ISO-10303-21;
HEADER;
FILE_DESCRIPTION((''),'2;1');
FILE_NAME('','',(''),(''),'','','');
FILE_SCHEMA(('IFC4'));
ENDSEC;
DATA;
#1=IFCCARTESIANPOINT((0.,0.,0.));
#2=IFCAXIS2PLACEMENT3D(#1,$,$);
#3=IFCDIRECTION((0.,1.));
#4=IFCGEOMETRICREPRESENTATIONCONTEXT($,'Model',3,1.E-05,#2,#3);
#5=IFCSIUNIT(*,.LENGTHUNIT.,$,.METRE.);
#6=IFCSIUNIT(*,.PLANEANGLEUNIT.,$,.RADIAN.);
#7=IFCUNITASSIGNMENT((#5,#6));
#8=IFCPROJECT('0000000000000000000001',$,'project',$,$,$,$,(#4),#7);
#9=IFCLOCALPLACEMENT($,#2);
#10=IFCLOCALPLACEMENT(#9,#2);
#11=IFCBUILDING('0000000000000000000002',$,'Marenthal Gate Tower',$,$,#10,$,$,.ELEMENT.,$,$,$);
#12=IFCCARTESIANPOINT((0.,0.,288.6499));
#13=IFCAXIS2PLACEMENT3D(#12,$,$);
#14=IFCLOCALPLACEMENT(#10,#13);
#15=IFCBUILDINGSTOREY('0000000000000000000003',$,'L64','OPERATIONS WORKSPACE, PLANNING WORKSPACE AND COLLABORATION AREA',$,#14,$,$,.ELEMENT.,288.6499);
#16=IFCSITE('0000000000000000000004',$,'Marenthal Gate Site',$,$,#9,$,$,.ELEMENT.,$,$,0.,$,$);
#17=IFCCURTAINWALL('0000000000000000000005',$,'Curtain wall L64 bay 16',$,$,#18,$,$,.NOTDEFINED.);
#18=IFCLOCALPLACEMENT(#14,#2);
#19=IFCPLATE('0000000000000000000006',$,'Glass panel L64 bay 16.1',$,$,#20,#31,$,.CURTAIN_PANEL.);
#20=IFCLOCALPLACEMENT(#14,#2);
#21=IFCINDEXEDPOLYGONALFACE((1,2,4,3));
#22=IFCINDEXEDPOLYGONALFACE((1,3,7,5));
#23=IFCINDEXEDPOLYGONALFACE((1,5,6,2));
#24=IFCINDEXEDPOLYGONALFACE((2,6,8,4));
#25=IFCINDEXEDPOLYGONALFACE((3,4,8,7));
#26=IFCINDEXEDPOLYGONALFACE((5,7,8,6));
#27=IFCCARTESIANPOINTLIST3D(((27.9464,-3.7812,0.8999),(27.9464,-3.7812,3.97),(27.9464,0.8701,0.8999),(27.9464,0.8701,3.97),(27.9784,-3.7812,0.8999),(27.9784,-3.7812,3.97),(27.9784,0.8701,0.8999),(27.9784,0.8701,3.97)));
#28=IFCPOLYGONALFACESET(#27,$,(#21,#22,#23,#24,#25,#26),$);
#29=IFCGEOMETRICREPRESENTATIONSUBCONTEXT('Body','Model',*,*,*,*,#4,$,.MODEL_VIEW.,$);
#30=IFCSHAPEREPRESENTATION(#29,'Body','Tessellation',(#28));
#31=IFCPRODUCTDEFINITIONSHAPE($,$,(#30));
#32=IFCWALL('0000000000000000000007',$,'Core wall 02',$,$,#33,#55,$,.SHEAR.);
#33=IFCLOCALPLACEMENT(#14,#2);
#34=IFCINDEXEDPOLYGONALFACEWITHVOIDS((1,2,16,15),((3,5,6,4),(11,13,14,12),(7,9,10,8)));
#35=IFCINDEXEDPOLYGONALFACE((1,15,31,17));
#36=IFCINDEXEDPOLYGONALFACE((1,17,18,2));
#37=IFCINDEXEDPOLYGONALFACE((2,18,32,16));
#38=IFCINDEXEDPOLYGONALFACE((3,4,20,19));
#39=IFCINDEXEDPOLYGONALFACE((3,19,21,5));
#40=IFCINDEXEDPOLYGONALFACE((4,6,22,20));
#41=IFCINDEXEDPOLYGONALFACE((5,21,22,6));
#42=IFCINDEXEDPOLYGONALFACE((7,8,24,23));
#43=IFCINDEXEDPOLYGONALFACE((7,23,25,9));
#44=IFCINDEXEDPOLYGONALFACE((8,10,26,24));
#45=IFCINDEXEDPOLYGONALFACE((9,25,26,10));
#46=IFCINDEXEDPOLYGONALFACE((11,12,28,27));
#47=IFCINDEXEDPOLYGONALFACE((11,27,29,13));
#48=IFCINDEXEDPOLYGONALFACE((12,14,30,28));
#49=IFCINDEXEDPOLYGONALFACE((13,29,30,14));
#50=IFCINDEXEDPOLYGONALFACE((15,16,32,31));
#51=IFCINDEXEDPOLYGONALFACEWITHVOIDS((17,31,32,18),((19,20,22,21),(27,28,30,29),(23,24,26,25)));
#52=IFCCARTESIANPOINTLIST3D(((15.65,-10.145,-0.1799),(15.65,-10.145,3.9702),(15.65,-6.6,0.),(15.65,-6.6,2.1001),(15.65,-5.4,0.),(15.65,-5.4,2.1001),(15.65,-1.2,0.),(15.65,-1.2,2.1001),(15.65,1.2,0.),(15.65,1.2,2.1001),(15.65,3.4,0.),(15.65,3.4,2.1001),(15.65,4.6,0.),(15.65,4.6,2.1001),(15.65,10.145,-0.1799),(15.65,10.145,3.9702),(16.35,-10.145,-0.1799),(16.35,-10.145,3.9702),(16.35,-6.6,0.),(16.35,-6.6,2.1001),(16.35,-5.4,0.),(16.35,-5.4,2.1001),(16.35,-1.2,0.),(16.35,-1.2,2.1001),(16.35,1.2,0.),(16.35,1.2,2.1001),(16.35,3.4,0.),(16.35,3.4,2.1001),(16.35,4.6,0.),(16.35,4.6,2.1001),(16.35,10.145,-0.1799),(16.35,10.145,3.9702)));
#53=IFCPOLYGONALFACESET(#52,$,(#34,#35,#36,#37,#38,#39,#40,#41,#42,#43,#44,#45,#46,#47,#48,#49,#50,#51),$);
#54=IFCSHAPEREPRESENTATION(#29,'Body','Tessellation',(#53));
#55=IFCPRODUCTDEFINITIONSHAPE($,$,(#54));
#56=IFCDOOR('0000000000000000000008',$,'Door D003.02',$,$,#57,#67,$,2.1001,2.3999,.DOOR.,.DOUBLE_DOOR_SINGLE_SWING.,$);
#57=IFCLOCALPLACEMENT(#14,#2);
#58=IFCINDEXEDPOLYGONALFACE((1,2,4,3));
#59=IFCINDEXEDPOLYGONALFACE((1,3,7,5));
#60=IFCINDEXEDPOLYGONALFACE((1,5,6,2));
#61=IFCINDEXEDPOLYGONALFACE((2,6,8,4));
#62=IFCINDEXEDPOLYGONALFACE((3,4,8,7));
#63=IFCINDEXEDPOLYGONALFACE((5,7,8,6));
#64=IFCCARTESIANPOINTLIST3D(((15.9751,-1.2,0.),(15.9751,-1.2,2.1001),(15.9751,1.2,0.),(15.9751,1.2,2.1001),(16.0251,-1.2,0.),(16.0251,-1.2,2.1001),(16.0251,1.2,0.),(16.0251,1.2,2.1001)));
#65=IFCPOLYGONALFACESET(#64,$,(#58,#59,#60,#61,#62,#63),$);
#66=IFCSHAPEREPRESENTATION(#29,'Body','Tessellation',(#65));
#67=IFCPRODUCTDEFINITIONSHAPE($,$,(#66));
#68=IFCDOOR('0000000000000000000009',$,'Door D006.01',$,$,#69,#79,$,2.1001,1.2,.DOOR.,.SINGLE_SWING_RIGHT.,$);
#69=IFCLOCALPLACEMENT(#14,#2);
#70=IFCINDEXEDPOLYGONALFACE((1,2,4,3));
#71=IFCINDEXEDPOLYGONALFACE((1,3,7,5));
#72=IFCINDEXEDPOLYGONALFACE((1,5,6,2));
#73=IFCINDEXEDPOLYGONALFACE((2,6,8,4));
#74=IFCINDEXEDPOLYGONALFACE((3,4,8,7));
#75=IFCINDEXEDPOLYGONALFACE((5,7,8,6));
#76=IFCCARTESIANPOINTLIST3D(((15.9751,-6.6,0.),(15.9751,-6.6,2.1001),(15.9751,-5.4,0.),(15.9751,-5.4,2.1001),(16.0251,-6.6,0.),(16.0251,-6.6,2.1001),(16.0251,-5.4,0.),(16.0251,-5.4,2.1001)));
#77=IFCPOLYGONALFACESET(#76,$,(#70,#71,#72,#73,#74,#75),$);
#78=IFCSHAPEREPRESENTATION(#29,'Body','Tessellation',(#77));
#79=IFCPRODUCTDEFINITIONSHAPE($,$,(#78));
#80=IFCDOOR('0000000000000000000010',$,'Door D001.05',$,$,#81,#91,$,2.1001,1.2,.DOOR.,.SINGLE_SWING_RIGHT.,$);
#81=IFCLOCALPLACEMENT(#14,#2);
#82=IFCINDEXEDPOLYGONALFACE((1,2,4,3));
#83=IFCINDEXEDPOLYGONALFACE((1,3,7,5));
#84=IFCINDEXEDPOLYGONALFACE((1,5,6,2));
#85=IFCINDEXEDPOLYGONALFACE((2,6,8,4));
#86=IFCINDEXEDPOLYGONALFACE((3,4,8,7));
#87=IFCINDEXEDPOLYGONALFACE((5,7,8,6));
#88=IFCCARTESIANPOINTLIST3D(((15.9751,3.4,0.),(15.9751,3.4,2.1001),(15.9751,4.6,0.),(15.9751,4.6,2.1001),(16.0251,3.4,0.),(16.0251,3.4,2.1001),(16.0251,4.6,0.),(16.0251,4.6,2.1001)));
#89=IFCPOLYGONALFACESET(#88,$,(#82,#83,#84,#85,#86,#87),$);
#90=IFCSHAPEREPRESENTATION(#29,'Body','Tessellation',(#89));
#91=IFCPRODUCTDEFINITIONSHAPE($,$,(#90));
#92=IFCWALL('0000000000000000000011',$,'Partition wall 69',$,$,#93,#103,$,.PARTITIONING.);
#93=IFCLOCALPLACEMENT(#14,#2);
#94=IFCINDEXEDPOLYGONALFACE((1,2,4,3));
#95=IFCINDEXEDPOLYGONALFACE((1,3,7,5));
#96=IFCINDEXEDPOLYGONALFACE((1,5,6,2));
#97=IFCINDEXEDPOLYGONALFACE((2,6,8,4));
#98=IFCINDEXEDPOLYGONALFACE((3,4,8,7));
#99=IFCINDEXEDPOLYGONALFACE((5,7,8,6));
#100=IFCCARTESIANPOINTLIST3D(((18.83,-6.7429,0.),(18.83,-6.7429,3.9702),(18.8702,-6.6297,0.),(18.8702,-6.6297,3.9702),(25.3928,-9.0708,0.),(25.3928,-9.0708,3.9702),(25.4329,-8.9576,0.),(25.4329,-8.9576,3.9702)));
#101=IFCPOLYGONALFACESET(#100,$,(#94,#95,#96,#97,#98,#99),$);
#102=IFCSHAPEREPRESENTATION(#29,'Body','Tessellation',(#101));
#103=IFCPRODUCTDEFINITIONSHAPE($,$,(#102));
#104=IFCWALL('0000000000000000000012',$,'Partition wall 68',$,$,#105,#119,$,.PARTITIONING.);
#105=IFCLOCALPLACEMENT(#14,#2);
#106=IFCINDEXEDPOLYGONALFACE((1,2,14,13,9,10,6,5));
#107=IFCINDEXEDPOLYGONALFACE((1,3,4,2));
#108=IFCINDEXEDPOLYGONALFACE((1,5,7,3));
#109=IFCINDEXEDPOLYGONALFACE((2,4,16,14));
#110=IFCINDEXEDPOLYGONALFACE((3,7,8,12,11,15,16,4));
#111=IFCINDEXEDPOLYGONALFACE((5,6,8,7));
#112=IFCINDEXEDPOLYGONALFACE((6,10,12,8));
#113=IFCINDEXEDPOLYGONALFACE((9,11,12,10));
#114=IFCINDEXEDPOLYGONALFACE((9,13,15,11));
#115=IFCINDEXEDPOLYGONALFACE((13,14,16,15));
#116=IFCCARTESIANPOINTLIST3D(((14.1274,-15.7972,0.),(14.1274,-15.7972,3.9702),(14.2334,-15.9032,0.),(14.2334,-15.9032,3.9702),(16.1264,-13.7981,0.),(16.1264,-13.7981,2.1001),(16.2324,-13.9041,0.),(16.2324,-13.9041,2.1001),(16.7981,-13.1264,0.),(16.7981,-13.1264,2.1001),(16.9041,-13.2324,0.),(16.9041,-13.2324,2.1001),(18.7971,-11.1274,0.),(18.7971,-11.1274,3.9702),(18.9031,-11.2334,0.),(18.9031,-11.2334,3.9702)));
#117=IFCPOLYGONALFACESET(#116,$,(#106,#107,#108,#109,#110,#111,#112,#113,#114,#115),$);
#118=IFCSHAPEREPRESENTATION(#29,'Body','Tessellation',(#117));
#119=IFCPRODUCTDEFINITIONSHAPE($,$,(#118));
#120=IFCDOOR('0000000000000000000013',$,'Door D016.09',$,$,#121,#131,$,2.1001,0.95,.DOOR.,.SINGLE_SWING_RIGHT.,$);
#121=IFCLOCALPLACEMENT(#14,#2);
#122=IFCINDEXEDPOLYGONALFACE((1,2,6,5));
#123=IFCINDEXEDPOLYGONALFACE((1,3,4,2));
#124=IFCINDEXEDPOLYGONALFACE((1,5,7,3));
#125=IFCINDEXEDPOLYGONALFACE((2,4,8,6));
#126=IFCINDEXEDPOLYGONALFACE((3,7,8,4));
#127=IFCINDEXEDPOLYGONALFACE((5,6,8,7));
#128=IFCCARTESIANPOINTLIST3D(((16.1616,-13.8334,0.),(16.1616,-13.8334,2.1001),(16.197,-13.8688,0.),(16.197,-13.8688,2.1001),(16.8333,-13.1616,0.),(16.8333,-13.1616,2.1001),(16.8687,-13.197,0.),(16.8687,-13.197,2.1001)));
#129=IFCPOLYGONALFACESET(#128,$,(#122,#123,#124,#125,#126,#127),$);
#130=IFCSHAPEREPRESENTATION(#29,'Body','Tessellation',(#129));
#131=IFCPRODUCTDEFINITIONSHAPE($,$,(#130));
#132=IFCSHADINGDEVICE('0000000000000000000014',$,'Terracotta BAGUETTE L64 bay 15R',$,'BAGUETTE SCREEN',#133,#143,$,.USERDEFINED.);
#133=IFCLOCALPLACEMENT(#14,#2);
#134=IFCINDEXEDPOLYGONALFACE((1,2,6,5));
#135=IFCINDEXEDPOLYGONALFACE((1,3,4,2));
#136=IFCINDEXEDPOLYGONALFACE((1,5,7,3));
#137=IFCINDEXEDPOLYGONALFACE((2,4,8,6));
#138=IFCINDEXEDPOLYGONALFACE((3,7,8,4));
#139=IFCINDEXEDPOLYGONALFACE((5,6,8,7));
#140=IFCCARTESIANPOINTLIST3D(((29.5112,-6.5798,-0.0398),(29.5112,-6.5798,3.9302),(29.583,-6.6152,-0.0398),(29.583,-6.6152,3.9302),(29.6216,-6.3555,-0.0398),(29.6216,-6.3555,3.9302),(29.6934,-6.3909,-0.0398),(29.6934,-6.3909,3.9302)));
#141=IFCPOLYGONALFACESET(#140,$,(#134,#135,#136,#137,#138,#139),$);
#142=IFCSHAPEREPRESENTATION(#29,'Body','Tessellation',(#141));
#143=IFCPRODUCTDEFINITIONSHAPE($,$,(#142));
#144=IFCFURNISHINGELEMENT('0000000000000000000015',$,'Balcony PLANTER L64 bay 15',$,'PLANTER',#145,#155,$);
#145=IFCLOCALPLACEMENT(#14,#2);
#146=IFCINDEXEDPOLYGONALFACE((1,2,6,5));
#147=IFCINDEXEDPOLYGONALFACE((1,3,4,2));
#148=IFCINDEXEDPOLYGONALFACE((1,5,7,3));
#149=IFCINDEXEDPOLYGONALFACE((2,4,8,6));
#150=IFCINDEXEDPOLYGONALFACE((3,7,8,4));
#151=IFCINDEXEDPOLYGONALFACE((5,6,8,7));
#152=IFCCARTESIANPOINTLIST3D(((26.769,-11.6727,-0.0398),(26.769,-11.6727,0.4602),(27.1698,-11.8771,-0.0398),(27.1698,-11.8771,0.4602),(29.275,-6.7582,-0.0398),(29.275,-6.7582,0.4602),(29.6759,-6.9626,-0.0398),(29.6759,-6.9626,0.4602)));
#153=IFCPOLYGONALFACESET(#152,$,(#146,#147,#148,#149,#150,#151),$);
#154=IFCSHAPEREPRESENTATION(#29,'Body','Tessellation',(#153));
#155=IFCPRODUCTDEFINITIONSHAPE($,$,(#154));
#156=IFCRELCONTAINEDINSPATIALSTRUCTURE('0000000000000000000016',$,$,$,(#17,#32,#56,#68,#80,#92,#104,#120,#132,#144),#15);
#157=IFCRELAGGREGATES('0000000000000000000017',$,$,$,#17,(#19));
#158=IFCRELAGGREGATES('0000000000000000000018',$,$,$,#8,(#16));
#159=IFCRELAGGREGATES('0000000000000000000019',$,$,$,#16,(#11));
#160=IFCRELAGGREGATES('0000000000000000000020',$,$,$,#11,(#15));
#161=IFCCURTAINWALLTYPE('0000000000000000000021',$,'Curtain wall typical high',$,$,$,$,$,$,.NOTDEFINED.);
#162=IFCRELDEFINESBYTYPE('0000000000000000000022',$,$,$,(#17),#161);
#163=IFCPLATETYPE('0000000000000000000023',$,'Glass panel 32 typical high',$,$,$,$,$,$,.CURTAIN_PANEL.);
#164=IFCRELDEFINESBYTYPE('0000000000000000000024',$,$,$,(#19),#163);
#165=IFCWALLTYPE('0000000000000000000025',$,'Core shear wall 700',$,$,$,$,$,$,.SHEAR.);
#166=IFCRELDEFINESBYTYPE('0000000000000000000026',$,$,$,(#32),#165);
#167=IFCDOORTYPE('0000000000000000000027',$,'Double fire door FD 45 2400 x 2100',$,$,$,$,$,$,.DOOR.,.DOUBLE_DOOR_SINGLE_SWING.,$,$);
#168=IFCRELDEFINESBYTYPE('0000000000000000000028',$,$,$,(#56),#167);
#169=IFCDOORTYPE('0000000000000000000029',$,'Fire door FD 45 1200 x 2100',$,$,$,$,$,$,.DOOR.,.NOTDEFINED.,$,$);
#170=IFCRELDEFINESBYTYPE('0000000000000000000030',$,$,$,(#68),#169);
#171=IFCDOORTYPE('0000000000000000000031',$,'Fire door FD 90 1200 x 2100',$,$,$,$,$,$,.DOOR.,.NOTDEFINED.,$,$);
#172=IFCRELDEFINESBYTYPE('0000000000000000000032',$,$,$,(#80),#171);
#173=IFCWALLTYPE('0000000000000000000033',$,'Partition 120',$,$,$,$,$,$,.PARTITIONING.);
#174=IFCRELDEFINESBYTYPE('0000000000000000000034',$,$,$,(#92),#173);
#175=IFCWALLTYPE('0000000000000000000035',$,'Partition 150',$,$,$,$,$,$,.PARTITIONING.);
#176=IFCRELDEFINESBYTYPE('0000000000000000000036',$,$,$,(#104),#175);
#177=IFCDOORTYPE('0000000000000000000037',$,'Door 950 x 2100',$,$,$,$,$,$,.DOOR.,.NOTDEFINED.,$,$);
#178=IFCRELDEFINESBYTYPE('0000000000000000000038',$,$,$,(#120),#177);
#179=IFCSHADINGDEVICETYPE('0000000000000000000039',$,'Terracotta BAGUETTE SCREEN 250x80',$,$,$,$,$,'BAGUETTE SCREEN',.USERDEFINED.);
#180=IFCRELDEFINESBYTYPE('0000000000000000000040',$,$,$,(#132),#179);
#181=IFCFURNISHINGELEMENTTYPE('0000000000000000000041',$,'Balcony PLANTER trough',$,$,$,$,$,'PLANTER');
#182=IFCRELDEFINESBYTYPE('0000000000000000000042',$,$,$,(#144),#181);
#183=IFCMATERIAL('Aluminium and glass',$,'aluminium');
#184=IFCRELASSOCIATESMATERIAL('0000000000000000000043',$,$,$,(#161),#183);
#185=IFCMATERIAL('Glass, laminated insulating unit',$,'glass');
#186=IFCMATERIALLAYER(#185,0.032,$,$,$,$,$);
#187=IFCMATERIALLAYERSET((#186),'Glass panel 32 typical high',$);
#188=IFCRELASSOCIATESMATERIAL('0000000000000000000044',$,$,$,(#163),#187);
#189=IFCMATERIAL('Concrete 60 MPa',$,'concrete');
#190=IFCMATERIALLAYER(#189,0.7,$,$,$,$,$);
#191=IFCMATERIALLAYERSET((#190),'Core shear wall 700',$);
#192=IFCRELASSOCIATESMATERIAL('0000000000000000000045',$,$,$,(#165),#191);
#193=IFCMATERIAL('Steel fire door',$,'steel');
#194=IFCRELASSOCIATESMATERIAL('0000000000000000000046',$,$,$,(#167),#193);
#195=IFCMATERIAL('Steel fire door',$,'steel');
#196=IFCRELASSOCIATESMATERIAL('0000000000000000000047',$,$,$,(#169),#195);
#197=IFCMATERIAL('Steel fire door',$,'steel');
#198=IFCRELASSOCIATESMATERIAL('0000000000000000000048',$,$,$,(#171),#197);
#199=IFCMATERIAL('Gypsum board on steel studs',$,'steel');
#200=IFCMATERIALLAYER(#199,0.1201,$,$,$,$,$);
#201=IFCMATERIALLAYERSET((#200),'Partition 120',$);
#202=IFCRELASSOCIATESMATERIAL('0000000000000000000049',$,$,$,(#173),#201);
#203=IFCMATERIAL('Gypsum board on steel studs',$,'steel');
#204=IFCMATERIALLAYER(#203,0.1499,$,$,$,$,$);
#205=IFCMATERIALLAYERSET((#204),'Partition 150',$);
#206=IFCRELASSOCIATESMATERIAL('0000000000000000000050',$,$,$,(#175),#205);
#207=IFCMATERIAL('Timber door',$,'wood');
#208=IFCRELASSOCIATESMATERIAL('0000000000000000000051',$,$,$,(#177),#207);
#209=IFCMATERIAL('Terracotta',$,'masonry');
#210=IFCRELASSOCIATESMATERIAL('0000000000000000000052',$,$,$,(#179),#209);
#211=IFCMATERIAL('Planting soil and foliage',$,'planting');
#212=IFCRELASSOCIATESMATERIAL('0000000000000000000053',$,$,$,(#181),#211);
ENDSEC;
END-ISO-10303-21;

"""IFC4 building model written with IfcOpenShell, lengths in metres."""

from ifc_helpers import new_model, si_unit, direction, frame, frame_2d, origin, origin_2d, place, context, subcontext, project, spatial, rectangle, extrude, material, layer, layer_set, material_profile, profile_set, type_object, element, fill, aggregate, save


model = new_model("IFC4")

# Units and contexts
model_context = context("Model", 3, precision=1e-05, world=origin(), true_north=direction((0.0, 1.0)))
body_context = subcontext(model_context, "Body", "Model", "MODEL_VIEW")
ifc_project = project(units=[si_unit("LENGTHUNIT", "METRE"), si_unit("PLANEANGLEUNIT", "RADIAN")], contexts=[model_context])

# Site, building, storey
site_placement = place(None, origin())
site = spatial("IfcSite", under=ifc_project, at=site_placement, Name="Marenthal Gate Site", CompositionType="ELEMENT", RefElevation=0.0)
building_placement = place(site_placement, origin())
building = spatial("IfcBuilding", under=site, at=building_placement, Name="Marenthal Gate Tower", CompositionType="ELEMENT")
storey_placement = place(building_placement, frame((0.0, 0.0, 288.6499)))
storey = spatial("IfcBuildingStorey", under=building, at=storey_placement, Name="L64", Description="OPERATIONS WORKSPACE, PLANNING WORKSPACE AND COLLABORATION AREA", CompositionType="ELEMENT", Elevation=288.6499)

# Curtain wall
ifc_material_1 = material(Name="Aluminium and glass", Category="aluminium")
curtain_wall_type = type_object("IfcCurtainWallType", Name="Curtain wall typical high", PredefinedType="NOTDEFINED", material=ifc_material_1)
curtain_wall_placement = place(storey_placement, origin())
curtain_wall = element("IfcCurtainWall", 1, at=curtain_wall_placement, inside=storey, type_object=curtain_wall_type, Name="Curtain wall L64 bay 16", PredefinedType="NOTDEFINED")

# Plate
ifc_material_2 = material(Name="Glass, laminated insulating unit", Category="glass")
ifc_layer_1 = layer(ifc_material_2, 0.032)
ifc_layer_set_1 = layer_set([ifc_layer_1], Name="Glass panel 32 typical high")
plate_type = type_object("IfcPlateType", Name="Glass panel 32 typical high", PredefinedType="CURTAIN_PANEL", material=ifc_layer_set_1)
plate_placement = place(storey_placement, frame((27.9624, -1.4556, 0.8999), z_axis=(0.0, 0.0, 1.0), x_axis=(0.0, 1.0, 0.0)))
plate = element("IfcPlate", 2, at=plate_placement, type_object=plate_type, Name="Glass panel L64 bay 16.1", PredefinedType="CURTAIN_PANEL", context=body_context, shape_type="SweptSolid", body=[
    extrude(rectangle(XDim=4.6514, YDim=0.032, at=origin_2d()), origin(), (0.0, 0.0, 1.0), 3.0701),
])
aggregate(curtain_wall, [plate])

# Wall, openings, doors
ifc_material_3 = material(Name="Concrete 60 MPa", Category="concrete")
ifc_layer_2 = layer(ifc_material_3, 0.7)
ifc_layer_set_2 = layer_set([ifc_layer_2], Name="Core shear wall 700")
wall_type_1 = type_object("IfcWallType", Name="Core shear wall 700", PredefinedType="SHEAR", material=ifc_layer_set_2)
wall_1_placement = place(storey_placement, frame((16.0, -10.145, -0.1799), z_axis=(0.0, 0.0, 1.0), x_axis=(0.0, 1.0, 0.0)))
wall_1 = element("IfcWall", 3, at=wall_1_placement, inside=storey, type_object=wall_type_1, Name="Core wall 02", PredefinedType="SHEAR", context=body_context, shape_type="SweptSolid", body=[
    extrude(rectangle(XDim=20.29, YDim=0.7, at=frame_2d((10.145, 0.0))), origin(), (0.0, 0.0, 1.0), 4.1501),
])
opening_1_placement = place(wall_1_placement, frame((8.9451, 0.0, 0.1799)))
opening_1 = element("IfcOpeningElement", 4, at=opening_1_placement, cuts=wall_1, PredefinedType="OPENING", context=body_context, shape_type="SweptSolid", body=[
    extrude(rectangle(XDim=2.3999, YDim=2.1001, at=frame_2d((1.2, 1.05))), frame((0.0, 0.3599, 0.0), z_axis=(0.0, -1.0, 0.0), x_axis=(1.0, 0.0, 0.0)), (0.0, 0.0, 1.0), 0.72),
])
opening_2_placement = place(wall_1_placement, frame((13.5449, 0.0, 0.1799)))
opening_2 = element("IfcOpeningElement", 5, at=opening_2_placement, cuts=wall_1, PredefinedType="OPENING", context=body_context, shape_type="SweptSolid", body=[
    extrude(rectangle(XDim=1.2, YDim=2.1001, at=frame_2d((0.6001, 1.05))), frame((0.0, 0.3599, 0.0), z_axis=(0.0, -1.0, 0.0), x_axis=(1.0, 0.0, 0.0)), (0.0, 0.0, 1.0), 0.72),
])
opening_3_placement = place(wall_1_placement, frame((3.5449, 0.0, 0.1799)))
opening_3 = element("IfcOpeningElement", 6, at=opening_3_placement, cuts=wall_1, PredefinedType="OPENING", context=body_context, shape_type="SweptSolid", body=[
    extrude(rectangle(XDim=1.2, YDim=2.1001, at=frame_2d((0.6001, 1.05))), frame((0.0, 0.3599, 0.0), z_axis=(0.0, -1.0, 0.0), x_axis=(1.0, 0.0, 0.0)), (0.0, 0.0, 1.0), 0.72),
])
ifc_material_4 = material(Name="Steel fire door", Category="steel")
door_type_1 = type_object("IfcDoorType", Name="Double fire door FD 45 2400 x 2100", OperationType="DOUBLE_DOOR_SINGLE_SWING", PredefinedType="DOOR", material=ifc_material_4)
door_1_placement = place(opening_1_placement, origin())
door_1 = element("IfcDoor", 7, at=door_1_placement, inside=storey, type_object=door_type_1, Name="Door D003.02", OperationType="DOUBLE_DOOR_SINGLE_SWING", OverallHeight=2.1001, OverallWidth=2.3999, PredefinedType="DOOR", context=body_context, shape_type="SweptSolid", body=[
    extrude(rectangle(XDim=2.3999, YDim=2.1001, at=frame_2d((1.2, 1.05))), frame((0.0, 0.0249, 0.0), z_axis=(0.0, -1.0, 0.0), x_axis=(1.0, 0.0, 0.0)), (0.0, 0.0, 1.0), 0.05),
])
fill(opening_1, door_1)
ifc_material_5 = material(Name="Steel fire door", Category="steel")
door_type_2 = type_object("IfcDoorType", Name="Fire door FD 45 1200 x 2100", OperationType="NOTDEFINED", PredefinedType="DOOR", material=ifc_material_5)
door_2_placement = place(opening_3_placement, origin())
door_2 = element("IfcDoor", 8, at=door_2_placement, inside=storey, type_object=door_type_2, Name="Door D006.01", OperationType="SINGLE_SWING_RIGHT", OverallHeight=2.1001, OverallWidth=1.2, PredefinedType="DOOR", context=body_context, shape_type="SweptSolid", body=[
    extrude(rectangle(XDim=1.2, YDim=2.1001, at=frame_2d((0.6001, 1.05))), frame((0.0, 0.0249, 0.0), z_axis=(0.0, -1.0, 0.0), x_axis=(1.0, 0.0, 0.0)), (0.0, 0.0, 1.0), 0.05),
])
fill(opening_3, door_2)
ifc_material_6 = material(Name="Steel fire door", Category="steel")
door_type_3 = type_object("IfcDoorType", Name="Fire door FD 90 1200 x 2100", OperationType="NOTDEFINED", PredefinedType="DOOR", material=ifc_material_6)
door_3_placement = place(opening_2_placement, origin())
door_3 = element("IfcDoor", 9, at=door_3_placement, inside=storey, type_object=door_type_3, Name="Door D001.05", OperationType="SINGLE_SWING_RIGHT", OverallHeight=2.1001, OverallWidth=1.2, PredefinedType="DOOR", context=body_context, shape_type="SweptSolid", body=[
    extrude(rectangle(XDim=1.2, YDim=2.1001, at=frame_2d((0.6001, 1.05))), frame((0.0, 0.0249, 0.0), z_axis=(0.0, -1.0, 0.0), x_axis=(1.0, 0.0, 0.0)), (0.0, 0.0, 1.0), 0.05),
])
fill(opening_2, door_3)

# Wall
ifc_material_7 = material(Name="Gypsum board on steel studs", Category="steel")
ifc_layer_3 = layer(ifc_material_7, 0.1201)
ifc_layer_set_3 = layer_set([ifc_layer_3], Name="Partition 120")
wall_type_2 = type_object("IfcWallType", Name="Partition 120", PredefinedType="PARTITIONING", material=ifc_layer_set_3)
wall_2_placement = place(storey_placement, frame((18.8501, -6.6863, 0.0), z_axis=(0.0, 0.0, 1.0), x_axis=(0.942466, -0.334303, 0.0)))
element("IfcWall", 10, at=wall_2_placement, inside=storey, type_object=wall_type_2, Name="Partition wall 69", PredefinedType="PARTITIONING", context=body_context, shape_type="SweptSolid", body=[
    extrude(rectangle(XDim=6.9634, YDim=0.1201, at=frame_2d((3.4817, 0.0))), origin(), (0.0, 0.0, 1.0), 3.9702),
])

# Wall, opening, door
ifc_material_8 = material(Name="Gypsum board on steel studs", Category="steel")
ifc_layer_4 = layer(ifc_material_8, 0.1499)
ifc_layer_set_4 = layer_set([ifc_layer_4], Name="Partition 150")
wall_type_3 = type_object("IfcWallType", Name="Partition 150", PredefinedType="PARTITIONING", material=ifc_layer_set_4)
wall_3_placement = place(storey_placement, frame((18.8501, -11.1804, 0.0), z_axis=(0.0, 0.0, 1.0), x_axis=(-0.707107, -0.707107, 0.0)))
wall_3 = element("IfcWall", 11, at=wall_3_placement, inside=storey, type_object=wall_type_3, Name="Partition wall 68", PredefinedType="PARTITIONING", context=body_context, shape_type="SweptSolid", body=[
    extrude(rectangle(XDim=6.604, YDim=0.1499, at=frame_2d((3.302, 0.0))), origin(), (0.0, 0.0, 1.0), 3.9702),
])
opening_4_placement = place(wall_3_placement, frame((2.8269, 0.0, 0.0)))
opening_4 = element("IfcOpeningElement", 12, at=opening_4_placement, cuts=wall_3, PredefinedType="OPENING", context=body_context, shape_type="SweptSolid", body=[
    extrude(rectangle(XDim=0.95, YDim=2.1001, at=frame_2d((0.4751, 1.05))), frame((0.0, 0.085, 0.0), z_axis=(0.0, -1.0, 0.0), x_axis=(1.0, 0.0, 0.0)), (0.0, 0.0, 1.0), 0.1699),
])
ifc_material_9 = material(Name="Timber door", Category="wood")
door_type_4 = type_object("IfcDoorType", Name="Door 950 x 2100", OperationType="NOTDEFINED", PredefinedType="DOOR", material=ifc_material_9)
door_4_placement = place(opening_4_placement, origin())
door_4 = element("IfcDoor", 13, at=door_4_placement, inside=storey, type_object=door_type_4, Name="Door D016.09", OperationType="SINGLE_SWING_RIGHT", OverallHeight=2.1001, OverallWidth=0.95, PredefinedType="DOOR", context=body_context, shape_type="SweptSolid", body=[
    extrude(rectangle(XDim=0.95, YDim=2.1001, at=frame_2d((0.4751, 1.05))), frame((0.0, 0.0249, 0.0), z_axis=(0.0, -1.0, 0.0), x_axis=(1.0, 0.0, 0.0)), (0.0, 0.0, 1.0), 0.05),
])
fill(opening_4, door_4)

# Shading device
ifc_material_10 = material(Name="Terracotta", Category="masonry")
ifc_material_profile_1 = material_profile(ifc_material_10, rectangle(XDim=0.25, YDim=0.0801, at=origin_2d()), Name="Terracotta baguette 250x80")
ifc_profile_set_1 = profile_set([ifc_material_profile_1], Name="Terracotta")
shading_device_type = type_object("IfcShadingDeviceType", Name="Terracotta BAGUETTE SCREEN 250x80", ElementType="BAGUETTE SCREEN", PredefinedType="USERDEFINED", material=ifc_profile_set_1)
shading_device_placement = place(storey_placement, frame((29.6023, -6.4854, -0.0398), z_axis=(0.0, 0.0, 1.0), x_axis=(0.441711, 0.897157, 0.0)))
element("IfcShadingDevice", 14, at=shading_device_placement, inside=storey, type_object=shading_device_type, Name="Terracotta BAGUETTE L64 bay 15R", ObjectType="BAGUETTE SCREEN", PredefinedType="USERDEFINED", context=body_context, shape_type="SweptSolid", body=[
    extrude(rectangle(XDim=0.25, YDim=0.0801, at=origin_2d()), origin(), (0.0, 0.0, 1.0), 3.97),
])

# Furnishing element
ifc_material_11 = material(Name="Planting soil and foliage", Category="planting")
furnishing_element_type = type_object("IfcFurnishingElementType", Name="Balcony PLANTER trough", ElementType="PLANTER", material=ifc_material_11)
furnishing_placement = place(storey_placement, frame((28.2224, -9.3176, -0.0398), z_axis=(0.0, 0.0, 1.0), x_axis=(0.454273, 0.890862, 0.0)))
element("IfcFurnishingElement", 15, at=furnishing_placement, inside=storey, type_object=furnishing_element_type, Name="Balcony PLANTER L64 bay 15", ObjectType="PLANTER", context=body_context, shape_type="SweptSolid", body=[
    extrude(rectangle(XDim=5.5166, YDim=0.45, at=origin_2d()), origin(), (0.0, 0.0, 1.0), 0.5),
])

save(model, "model.ifc")
